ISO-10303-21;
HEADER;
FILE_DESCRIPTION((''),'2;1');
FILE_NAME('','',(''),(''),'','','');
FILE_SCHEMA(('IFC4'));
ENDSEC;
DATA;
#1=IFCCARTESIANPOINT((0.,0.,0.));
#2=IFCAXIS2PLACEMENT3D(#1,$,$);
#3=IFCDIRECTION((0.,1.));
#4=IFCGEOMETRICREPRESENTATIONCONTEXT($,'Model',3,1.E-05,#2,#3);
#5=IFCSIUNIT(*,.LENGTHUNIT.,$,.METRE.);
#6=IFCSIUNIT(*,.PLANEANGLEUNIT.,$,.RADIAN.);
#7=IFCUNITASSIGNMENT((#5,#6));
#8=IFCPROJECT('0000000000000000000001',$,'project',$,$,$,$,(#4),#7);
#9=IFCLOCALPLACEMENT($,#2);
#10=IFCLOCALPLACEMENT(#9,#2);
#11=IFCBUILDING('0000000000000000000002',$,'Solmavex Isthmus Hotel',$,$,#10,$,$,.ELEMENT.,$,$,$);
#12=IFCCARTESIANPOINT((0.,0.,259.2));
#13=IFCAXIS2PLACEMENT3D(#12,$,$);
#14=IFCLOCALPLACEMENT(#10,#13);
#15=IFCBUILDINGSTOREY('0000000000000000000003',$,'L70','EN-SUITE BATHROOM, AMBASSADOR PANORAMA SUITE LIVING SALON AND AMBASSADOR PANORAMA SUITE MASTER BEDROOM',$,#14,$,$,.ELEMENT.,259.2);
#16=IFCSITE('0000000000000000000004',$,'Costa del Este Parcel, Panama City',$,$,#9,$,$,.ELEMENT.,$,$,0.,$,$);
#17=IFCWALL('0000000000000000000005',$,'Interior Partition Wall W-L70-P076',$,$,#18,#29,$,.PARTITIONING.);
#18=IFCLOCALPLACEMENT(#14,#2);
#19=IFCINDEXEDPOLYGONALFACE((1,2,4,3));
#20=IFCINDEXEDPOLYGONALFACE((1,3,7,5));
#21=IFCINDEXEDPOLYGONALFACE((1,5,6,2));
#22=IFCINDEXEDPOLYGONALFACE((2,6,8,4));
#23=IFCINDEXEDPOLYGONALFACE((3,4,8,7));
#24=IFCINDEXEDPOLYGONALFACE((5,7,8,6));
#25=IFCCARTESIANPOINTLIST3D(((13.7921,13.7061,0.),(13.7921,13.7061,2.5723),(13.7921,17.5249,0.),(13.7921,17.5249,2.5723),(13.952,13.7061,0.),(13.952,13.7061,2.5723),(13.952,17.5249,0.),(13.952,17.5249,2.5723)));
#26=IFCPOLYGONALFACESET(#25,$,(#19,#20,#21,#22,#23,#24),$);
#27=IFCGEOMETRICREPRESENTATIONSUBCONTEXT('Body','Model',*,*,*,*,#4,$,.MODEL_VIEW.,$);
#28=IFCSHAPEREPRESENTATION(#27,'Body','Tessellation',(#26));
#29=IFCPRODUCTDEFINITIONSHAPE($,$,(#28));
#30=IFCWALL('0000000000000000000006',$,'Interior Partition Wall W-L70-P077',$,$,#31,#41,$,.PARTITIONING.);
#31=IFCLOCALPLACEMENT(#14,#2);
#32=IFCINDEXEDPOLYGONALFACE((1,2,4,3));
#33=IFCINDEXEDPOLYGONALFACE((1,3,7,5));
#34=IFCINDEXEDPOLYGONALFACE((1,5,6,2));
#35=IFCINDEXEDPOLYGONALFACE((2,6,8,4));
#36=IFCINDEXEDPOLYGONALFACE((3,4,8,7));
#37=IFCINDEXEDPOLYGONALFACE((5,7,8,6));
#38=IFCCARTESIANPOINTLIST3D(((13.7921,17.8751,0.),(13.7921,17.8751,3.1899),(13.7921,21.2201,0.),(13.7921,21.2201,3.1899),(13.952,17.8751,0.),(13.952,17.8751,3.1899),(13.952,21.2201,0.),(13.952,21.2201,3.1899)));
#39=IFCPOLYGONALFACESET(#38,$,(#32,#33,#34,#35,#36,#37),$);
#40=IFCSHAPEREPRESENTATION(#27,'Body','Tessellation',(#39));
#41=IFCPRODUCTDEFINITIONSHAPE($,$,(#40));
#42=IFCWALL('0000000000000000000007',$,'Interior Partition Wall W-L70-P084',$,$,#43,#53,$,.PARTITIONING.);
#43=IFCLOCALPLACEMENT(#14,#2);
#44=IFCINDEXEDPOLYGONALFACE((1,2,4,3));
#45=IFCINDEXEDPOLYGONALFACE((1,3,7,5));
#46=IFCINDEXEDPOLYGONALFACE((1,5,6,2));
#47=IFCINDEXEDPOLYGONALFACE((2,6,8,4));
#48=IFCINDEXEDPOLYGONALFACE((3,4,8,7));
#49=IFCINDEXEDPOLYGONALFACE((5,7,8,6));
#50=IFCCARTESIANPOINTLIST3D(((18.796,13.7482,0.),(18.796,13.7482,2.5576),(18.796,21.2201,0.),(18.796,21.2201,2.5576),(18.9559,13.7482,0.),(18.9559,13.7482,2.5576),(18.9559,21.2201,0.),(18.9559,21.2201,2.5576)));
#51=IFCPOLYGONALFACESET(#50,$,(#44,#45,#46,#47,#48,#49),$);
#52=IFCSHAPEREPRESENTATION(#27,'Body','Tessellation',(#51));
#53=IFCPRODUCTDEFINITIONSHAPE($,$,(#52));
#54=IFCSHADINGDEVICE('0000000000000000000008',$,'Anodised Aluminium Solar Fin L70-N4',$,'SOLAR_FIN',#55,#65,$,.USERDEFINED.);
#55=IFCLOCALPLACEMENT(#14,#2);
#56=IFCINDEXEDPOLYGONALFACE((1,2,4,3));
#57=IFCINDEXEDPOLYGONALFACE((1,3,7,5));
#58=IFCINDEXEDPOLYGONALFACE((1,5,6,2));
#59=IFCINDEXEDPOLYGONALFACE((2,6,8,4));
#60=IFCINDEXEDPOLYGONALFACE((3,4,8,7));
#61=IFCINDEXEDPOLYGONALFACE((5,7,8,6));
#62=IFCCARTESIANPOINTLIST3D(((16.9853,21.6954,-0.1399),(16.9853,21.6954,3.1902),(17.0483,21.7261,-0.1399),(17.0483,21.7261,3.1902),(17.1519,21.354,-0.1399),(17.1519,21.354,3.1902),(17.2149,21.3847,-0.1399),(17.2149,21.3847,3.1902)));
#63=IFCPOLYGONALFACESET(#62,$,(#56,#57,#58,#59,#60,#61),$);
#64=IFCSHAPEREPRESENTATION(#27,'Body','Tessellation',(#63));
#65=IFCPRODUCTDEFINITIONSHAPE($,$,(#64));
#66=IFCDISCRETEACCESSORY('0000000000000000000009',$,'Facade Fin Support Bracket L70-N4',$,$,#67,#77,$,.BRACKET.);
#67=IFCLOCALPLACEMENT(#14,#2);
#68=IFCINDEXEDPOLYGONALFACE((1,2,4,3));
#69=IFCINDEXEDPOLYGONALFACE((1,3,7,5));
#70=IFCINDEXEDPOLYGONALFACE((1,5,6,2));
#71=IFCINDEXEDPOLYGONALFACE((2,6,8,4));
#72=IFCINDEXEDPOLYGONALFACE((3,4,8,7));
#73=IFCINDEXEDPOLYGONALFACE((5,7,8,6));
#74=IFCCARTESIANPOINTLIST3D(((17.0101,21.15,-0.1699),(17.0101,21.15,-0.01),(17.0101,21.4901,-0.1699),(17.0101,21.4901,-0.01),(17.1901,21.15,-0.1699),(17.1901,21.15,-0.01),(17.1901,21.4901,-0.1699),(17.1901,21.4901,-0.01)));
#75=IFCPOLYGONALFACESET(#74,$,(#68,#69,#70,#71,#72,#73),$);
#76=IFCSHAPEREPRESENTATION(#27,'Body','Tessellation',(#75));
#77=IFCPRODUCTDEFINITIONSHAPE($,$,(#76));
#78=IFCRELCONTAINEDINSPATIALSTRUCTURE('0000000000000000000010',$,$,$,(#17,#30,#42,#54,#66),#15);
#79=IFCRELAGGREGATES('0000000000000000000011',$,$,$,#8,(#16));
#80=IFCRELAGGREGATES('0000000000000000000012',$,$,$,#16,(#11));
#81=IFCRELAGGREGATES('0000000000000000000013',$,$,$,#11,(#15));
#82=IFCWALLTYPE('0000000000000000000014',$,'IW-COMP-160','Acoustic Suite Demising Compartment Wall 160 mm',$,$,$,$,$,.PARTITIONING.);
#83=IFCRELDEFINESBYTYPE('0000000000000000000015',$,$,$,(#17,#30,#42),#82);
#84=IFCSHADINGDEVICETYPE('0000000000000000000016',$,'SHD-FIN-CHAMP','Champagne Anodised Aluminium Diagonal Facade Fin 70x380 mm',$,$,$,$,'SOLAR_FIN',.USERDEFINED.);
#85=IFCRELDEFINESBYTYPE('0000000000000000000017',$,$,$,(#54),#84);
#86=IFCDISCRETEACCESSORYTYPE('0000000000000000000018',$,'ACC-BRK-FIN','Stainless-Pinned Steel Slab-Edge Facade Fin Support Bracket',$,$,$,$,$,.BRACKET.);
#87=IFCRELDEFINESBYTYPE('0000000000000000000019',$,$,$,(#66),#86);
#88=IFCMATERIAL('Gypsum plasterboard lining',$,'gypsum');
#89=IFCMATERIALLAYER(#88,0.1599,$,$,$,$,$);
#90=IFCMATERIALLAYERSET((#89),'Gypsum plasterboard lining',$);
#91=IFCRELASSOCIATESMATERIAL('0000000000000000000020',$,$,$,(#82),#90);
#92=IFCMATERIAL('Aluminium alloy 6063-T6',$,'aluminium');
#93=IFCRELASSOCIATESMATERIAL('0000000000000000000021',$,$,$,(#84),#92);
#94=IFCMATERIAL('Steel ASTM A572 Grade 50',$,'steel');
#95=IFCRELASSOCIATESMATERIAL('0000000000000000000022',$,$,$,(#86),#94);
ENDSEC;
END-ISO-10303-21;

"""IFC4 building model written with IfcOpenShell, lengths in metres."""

from ifc_helpers import new_model, si_unit, direction, frame, frame_2d, origin, origin_2d, place, context, subcontext, project, spatial, rectangle, extrude, material, layer, layer_set, type_object, element, save


model = new_model("IFC4")

# Units and contexts
model_context = context("Model", 3, precision=1e-05, world=origin(), true_north=direction((0.0, 1.0)))
body_context = subcontext(model_context, "Body", "Model", "MODEL_VIEW")
ifc_project = project(units=[si_unit("LENGTHUNIT", "METRE"), si_unit("PLANEANGLEUNIT", "RADIAN")], contexts=[model_context])

# Site, building, storey
site_placement = place(None, origin())
site = spatial("IfcSite", under=ifc_project, at=site_placement, Name="Costa del Este Parcel, Panama City", CompositionType="ELEMENT", RefElevation=0.0)
building_placement = place(site_placement, origin())
building = spatial("IfcBuilding", under=site, at=building_placement, Name="Solmavex Isthmus Hotel", CompositionType="ELEMENT")
storey_placement = place(building_placement, frame((0.0, 0.0, 259.2)))
storey = spatial("IfcBuildingStorey", under=building, at=storey_placement, Name="L70", Description="EN-SUITE BATHROOM, AMBASSADOR PANORAMA SUITE LIVING SALON AND AMBASSADOR PANORAMA SUITE MASTER BEDROOM", CompositionType="ELEMENT", Elevation=259.2)

# Shared definitions
ifc_material_1 = material(Name="Aluminium alloy 6063-T6", Category="aluminium")

# Walls
ifc_material_2 = material(Name="Gypsum plasterboard lining", Category="gypsum")
ifc_layer_1 = layer(ifc_material_2, 0.1599)
ifc_layer_set_1 = layer_set([ifc_layer_1], Name="Gypsum plasterboard lining")
wall_type_1 = type_object("IfcWallType", Name="IW-COMP-160", Description="Acoustic Suite Demising Compartment Wall 160 mm", PredefinedType="PARTITIONING", material=ifc_layer_set_1)
wall_1_placement = place(storey_placement, frame((13.8721, 17.5249, 0.0), z_axis=(0.0, 0.0, 1.0), x_axis=(0.0, -1.0, 0.0)))
element("IfcWall", 1, at=wall_1_placement, inside=storey, type_object=wall_type_1, Name="Interior Partition Wall W-L70-P076", PredefinedType="PARTITIONING", context=body_context, shape_type="SweptSolid", body=[
    extrude(rectangle(XDim=3.8188, YDim=0.1599, at=frame_2d((1.9094, 0.0))), origin(), (0.0, 0.0, 1.0), 2.5723),
])
wall_2_placement = place(storey_placement, frame((13.8721, 21.22, 0.0), z_axis=(0.0, 0.0, 1.0), x_axis=(0.0, -1.0, 0.0)))
element("IfcWall", 2, at=wall_2_placement, inside=storey, type_object=wall_type_1, Name="Interior Partition Wall W-L70-P077", PredefinedType="PARTITIONING", context=body_context, shape_type="SweptSolid", body=[
    extrude(rectangle(XDim=3.345, YDim=0.1599, at=frame_2d((1.6724, 0.0))), origin(), (0.0, 0.0, 1.0), 3.1899),
])
wall_3_placement = place(storey_placement, frame((18.876, 21.22, 0.0), z_axis=(0.0, 0.0, 1.0), x_axis=(0.0, -1.0, 0.0)))
element("IfcWall", 3, at=wall_3_placement, inside=storey, type_object=wall_type_1, Name="Interior Partition Wall W-L70-P084", PredefinedType="PARTITIONING", context=body_context, shape_type="SweptSolid", body=[
    extrude(rectangle(XDim=7.4719, YDim=0.1599, at=frame_2d((3.7358, 0.0))), origin(), (0.0, 0.0, 1.0), 2.5576),
])

# Shading device
shading_device_type = type_object("IfcShadingDeviceType", Name="SHD-FIN-CHAMP", Description="Champagne Anodised Aluminium Diagonal Facade Fin 70x380 mm", ElementType="SOLAR_FIN", PredefinedType="USERDEFINED", material=ifc_material_1)
shading_device_placement = place(storey_placement, frame((17.1001, 21.54, -0.1399), z_axis=(0.0, 0.0, 1.0), x_axis=(-0.438371, 0.898794, 0.0)))
element("IfcShadingDevice", 4, at=shading_device_placement, inside=storey, type_object=shading_device_type, Name="Anodised Aluminium Solar Fin L70-N4", ObjectType="SOLAR_FIN", PredefinedType="USERDEFINED", context=body_context, shape_type="SweptSolid", body=[
    extrude(rectangle(XDim=0.3799, YDim=0.0701, at=origin_2d()), origin(), (0.0, 0.0, 1.0), 3.3301),
])

# Discrete accessory
ifc_material_3 = material(Name="Steel ASTM A572 Grade 50", Category="steel")
discrete_accessory_type = type_object("IfcDiscreteAccessoryType", Name="ACC-BRK-FIN", Description="Stainless-Pinned Steel Slab-Edge Facade Fin Support Bracket", PredefinedType="BRACKET", material=ifc_material_3)
discrete_accessory_placement = place(storey_placement, frame((17.1001, 21.3201, -0.1699), z_axis=(0.0, 0.0, 1.0), x_axis=(0.0, 1.0, 0.0)))
element("IfcDiscreteAccessory", 5, at=discrete_accessory_placement, inside=storey, type_object=discrete_accessory_type, Name="Facade Fin Support Bracket L70-N4", PredefinedType="BRACKET", context=body_context, shape_type="SweptSolid", body=[
    extrude(rectangle(XDim=0.3401, YDim=0.1799, at=origin_2d()), origin(), (0.0, 0.0, 1.0), 0.1599),
])

save(model, "model.ifc")
